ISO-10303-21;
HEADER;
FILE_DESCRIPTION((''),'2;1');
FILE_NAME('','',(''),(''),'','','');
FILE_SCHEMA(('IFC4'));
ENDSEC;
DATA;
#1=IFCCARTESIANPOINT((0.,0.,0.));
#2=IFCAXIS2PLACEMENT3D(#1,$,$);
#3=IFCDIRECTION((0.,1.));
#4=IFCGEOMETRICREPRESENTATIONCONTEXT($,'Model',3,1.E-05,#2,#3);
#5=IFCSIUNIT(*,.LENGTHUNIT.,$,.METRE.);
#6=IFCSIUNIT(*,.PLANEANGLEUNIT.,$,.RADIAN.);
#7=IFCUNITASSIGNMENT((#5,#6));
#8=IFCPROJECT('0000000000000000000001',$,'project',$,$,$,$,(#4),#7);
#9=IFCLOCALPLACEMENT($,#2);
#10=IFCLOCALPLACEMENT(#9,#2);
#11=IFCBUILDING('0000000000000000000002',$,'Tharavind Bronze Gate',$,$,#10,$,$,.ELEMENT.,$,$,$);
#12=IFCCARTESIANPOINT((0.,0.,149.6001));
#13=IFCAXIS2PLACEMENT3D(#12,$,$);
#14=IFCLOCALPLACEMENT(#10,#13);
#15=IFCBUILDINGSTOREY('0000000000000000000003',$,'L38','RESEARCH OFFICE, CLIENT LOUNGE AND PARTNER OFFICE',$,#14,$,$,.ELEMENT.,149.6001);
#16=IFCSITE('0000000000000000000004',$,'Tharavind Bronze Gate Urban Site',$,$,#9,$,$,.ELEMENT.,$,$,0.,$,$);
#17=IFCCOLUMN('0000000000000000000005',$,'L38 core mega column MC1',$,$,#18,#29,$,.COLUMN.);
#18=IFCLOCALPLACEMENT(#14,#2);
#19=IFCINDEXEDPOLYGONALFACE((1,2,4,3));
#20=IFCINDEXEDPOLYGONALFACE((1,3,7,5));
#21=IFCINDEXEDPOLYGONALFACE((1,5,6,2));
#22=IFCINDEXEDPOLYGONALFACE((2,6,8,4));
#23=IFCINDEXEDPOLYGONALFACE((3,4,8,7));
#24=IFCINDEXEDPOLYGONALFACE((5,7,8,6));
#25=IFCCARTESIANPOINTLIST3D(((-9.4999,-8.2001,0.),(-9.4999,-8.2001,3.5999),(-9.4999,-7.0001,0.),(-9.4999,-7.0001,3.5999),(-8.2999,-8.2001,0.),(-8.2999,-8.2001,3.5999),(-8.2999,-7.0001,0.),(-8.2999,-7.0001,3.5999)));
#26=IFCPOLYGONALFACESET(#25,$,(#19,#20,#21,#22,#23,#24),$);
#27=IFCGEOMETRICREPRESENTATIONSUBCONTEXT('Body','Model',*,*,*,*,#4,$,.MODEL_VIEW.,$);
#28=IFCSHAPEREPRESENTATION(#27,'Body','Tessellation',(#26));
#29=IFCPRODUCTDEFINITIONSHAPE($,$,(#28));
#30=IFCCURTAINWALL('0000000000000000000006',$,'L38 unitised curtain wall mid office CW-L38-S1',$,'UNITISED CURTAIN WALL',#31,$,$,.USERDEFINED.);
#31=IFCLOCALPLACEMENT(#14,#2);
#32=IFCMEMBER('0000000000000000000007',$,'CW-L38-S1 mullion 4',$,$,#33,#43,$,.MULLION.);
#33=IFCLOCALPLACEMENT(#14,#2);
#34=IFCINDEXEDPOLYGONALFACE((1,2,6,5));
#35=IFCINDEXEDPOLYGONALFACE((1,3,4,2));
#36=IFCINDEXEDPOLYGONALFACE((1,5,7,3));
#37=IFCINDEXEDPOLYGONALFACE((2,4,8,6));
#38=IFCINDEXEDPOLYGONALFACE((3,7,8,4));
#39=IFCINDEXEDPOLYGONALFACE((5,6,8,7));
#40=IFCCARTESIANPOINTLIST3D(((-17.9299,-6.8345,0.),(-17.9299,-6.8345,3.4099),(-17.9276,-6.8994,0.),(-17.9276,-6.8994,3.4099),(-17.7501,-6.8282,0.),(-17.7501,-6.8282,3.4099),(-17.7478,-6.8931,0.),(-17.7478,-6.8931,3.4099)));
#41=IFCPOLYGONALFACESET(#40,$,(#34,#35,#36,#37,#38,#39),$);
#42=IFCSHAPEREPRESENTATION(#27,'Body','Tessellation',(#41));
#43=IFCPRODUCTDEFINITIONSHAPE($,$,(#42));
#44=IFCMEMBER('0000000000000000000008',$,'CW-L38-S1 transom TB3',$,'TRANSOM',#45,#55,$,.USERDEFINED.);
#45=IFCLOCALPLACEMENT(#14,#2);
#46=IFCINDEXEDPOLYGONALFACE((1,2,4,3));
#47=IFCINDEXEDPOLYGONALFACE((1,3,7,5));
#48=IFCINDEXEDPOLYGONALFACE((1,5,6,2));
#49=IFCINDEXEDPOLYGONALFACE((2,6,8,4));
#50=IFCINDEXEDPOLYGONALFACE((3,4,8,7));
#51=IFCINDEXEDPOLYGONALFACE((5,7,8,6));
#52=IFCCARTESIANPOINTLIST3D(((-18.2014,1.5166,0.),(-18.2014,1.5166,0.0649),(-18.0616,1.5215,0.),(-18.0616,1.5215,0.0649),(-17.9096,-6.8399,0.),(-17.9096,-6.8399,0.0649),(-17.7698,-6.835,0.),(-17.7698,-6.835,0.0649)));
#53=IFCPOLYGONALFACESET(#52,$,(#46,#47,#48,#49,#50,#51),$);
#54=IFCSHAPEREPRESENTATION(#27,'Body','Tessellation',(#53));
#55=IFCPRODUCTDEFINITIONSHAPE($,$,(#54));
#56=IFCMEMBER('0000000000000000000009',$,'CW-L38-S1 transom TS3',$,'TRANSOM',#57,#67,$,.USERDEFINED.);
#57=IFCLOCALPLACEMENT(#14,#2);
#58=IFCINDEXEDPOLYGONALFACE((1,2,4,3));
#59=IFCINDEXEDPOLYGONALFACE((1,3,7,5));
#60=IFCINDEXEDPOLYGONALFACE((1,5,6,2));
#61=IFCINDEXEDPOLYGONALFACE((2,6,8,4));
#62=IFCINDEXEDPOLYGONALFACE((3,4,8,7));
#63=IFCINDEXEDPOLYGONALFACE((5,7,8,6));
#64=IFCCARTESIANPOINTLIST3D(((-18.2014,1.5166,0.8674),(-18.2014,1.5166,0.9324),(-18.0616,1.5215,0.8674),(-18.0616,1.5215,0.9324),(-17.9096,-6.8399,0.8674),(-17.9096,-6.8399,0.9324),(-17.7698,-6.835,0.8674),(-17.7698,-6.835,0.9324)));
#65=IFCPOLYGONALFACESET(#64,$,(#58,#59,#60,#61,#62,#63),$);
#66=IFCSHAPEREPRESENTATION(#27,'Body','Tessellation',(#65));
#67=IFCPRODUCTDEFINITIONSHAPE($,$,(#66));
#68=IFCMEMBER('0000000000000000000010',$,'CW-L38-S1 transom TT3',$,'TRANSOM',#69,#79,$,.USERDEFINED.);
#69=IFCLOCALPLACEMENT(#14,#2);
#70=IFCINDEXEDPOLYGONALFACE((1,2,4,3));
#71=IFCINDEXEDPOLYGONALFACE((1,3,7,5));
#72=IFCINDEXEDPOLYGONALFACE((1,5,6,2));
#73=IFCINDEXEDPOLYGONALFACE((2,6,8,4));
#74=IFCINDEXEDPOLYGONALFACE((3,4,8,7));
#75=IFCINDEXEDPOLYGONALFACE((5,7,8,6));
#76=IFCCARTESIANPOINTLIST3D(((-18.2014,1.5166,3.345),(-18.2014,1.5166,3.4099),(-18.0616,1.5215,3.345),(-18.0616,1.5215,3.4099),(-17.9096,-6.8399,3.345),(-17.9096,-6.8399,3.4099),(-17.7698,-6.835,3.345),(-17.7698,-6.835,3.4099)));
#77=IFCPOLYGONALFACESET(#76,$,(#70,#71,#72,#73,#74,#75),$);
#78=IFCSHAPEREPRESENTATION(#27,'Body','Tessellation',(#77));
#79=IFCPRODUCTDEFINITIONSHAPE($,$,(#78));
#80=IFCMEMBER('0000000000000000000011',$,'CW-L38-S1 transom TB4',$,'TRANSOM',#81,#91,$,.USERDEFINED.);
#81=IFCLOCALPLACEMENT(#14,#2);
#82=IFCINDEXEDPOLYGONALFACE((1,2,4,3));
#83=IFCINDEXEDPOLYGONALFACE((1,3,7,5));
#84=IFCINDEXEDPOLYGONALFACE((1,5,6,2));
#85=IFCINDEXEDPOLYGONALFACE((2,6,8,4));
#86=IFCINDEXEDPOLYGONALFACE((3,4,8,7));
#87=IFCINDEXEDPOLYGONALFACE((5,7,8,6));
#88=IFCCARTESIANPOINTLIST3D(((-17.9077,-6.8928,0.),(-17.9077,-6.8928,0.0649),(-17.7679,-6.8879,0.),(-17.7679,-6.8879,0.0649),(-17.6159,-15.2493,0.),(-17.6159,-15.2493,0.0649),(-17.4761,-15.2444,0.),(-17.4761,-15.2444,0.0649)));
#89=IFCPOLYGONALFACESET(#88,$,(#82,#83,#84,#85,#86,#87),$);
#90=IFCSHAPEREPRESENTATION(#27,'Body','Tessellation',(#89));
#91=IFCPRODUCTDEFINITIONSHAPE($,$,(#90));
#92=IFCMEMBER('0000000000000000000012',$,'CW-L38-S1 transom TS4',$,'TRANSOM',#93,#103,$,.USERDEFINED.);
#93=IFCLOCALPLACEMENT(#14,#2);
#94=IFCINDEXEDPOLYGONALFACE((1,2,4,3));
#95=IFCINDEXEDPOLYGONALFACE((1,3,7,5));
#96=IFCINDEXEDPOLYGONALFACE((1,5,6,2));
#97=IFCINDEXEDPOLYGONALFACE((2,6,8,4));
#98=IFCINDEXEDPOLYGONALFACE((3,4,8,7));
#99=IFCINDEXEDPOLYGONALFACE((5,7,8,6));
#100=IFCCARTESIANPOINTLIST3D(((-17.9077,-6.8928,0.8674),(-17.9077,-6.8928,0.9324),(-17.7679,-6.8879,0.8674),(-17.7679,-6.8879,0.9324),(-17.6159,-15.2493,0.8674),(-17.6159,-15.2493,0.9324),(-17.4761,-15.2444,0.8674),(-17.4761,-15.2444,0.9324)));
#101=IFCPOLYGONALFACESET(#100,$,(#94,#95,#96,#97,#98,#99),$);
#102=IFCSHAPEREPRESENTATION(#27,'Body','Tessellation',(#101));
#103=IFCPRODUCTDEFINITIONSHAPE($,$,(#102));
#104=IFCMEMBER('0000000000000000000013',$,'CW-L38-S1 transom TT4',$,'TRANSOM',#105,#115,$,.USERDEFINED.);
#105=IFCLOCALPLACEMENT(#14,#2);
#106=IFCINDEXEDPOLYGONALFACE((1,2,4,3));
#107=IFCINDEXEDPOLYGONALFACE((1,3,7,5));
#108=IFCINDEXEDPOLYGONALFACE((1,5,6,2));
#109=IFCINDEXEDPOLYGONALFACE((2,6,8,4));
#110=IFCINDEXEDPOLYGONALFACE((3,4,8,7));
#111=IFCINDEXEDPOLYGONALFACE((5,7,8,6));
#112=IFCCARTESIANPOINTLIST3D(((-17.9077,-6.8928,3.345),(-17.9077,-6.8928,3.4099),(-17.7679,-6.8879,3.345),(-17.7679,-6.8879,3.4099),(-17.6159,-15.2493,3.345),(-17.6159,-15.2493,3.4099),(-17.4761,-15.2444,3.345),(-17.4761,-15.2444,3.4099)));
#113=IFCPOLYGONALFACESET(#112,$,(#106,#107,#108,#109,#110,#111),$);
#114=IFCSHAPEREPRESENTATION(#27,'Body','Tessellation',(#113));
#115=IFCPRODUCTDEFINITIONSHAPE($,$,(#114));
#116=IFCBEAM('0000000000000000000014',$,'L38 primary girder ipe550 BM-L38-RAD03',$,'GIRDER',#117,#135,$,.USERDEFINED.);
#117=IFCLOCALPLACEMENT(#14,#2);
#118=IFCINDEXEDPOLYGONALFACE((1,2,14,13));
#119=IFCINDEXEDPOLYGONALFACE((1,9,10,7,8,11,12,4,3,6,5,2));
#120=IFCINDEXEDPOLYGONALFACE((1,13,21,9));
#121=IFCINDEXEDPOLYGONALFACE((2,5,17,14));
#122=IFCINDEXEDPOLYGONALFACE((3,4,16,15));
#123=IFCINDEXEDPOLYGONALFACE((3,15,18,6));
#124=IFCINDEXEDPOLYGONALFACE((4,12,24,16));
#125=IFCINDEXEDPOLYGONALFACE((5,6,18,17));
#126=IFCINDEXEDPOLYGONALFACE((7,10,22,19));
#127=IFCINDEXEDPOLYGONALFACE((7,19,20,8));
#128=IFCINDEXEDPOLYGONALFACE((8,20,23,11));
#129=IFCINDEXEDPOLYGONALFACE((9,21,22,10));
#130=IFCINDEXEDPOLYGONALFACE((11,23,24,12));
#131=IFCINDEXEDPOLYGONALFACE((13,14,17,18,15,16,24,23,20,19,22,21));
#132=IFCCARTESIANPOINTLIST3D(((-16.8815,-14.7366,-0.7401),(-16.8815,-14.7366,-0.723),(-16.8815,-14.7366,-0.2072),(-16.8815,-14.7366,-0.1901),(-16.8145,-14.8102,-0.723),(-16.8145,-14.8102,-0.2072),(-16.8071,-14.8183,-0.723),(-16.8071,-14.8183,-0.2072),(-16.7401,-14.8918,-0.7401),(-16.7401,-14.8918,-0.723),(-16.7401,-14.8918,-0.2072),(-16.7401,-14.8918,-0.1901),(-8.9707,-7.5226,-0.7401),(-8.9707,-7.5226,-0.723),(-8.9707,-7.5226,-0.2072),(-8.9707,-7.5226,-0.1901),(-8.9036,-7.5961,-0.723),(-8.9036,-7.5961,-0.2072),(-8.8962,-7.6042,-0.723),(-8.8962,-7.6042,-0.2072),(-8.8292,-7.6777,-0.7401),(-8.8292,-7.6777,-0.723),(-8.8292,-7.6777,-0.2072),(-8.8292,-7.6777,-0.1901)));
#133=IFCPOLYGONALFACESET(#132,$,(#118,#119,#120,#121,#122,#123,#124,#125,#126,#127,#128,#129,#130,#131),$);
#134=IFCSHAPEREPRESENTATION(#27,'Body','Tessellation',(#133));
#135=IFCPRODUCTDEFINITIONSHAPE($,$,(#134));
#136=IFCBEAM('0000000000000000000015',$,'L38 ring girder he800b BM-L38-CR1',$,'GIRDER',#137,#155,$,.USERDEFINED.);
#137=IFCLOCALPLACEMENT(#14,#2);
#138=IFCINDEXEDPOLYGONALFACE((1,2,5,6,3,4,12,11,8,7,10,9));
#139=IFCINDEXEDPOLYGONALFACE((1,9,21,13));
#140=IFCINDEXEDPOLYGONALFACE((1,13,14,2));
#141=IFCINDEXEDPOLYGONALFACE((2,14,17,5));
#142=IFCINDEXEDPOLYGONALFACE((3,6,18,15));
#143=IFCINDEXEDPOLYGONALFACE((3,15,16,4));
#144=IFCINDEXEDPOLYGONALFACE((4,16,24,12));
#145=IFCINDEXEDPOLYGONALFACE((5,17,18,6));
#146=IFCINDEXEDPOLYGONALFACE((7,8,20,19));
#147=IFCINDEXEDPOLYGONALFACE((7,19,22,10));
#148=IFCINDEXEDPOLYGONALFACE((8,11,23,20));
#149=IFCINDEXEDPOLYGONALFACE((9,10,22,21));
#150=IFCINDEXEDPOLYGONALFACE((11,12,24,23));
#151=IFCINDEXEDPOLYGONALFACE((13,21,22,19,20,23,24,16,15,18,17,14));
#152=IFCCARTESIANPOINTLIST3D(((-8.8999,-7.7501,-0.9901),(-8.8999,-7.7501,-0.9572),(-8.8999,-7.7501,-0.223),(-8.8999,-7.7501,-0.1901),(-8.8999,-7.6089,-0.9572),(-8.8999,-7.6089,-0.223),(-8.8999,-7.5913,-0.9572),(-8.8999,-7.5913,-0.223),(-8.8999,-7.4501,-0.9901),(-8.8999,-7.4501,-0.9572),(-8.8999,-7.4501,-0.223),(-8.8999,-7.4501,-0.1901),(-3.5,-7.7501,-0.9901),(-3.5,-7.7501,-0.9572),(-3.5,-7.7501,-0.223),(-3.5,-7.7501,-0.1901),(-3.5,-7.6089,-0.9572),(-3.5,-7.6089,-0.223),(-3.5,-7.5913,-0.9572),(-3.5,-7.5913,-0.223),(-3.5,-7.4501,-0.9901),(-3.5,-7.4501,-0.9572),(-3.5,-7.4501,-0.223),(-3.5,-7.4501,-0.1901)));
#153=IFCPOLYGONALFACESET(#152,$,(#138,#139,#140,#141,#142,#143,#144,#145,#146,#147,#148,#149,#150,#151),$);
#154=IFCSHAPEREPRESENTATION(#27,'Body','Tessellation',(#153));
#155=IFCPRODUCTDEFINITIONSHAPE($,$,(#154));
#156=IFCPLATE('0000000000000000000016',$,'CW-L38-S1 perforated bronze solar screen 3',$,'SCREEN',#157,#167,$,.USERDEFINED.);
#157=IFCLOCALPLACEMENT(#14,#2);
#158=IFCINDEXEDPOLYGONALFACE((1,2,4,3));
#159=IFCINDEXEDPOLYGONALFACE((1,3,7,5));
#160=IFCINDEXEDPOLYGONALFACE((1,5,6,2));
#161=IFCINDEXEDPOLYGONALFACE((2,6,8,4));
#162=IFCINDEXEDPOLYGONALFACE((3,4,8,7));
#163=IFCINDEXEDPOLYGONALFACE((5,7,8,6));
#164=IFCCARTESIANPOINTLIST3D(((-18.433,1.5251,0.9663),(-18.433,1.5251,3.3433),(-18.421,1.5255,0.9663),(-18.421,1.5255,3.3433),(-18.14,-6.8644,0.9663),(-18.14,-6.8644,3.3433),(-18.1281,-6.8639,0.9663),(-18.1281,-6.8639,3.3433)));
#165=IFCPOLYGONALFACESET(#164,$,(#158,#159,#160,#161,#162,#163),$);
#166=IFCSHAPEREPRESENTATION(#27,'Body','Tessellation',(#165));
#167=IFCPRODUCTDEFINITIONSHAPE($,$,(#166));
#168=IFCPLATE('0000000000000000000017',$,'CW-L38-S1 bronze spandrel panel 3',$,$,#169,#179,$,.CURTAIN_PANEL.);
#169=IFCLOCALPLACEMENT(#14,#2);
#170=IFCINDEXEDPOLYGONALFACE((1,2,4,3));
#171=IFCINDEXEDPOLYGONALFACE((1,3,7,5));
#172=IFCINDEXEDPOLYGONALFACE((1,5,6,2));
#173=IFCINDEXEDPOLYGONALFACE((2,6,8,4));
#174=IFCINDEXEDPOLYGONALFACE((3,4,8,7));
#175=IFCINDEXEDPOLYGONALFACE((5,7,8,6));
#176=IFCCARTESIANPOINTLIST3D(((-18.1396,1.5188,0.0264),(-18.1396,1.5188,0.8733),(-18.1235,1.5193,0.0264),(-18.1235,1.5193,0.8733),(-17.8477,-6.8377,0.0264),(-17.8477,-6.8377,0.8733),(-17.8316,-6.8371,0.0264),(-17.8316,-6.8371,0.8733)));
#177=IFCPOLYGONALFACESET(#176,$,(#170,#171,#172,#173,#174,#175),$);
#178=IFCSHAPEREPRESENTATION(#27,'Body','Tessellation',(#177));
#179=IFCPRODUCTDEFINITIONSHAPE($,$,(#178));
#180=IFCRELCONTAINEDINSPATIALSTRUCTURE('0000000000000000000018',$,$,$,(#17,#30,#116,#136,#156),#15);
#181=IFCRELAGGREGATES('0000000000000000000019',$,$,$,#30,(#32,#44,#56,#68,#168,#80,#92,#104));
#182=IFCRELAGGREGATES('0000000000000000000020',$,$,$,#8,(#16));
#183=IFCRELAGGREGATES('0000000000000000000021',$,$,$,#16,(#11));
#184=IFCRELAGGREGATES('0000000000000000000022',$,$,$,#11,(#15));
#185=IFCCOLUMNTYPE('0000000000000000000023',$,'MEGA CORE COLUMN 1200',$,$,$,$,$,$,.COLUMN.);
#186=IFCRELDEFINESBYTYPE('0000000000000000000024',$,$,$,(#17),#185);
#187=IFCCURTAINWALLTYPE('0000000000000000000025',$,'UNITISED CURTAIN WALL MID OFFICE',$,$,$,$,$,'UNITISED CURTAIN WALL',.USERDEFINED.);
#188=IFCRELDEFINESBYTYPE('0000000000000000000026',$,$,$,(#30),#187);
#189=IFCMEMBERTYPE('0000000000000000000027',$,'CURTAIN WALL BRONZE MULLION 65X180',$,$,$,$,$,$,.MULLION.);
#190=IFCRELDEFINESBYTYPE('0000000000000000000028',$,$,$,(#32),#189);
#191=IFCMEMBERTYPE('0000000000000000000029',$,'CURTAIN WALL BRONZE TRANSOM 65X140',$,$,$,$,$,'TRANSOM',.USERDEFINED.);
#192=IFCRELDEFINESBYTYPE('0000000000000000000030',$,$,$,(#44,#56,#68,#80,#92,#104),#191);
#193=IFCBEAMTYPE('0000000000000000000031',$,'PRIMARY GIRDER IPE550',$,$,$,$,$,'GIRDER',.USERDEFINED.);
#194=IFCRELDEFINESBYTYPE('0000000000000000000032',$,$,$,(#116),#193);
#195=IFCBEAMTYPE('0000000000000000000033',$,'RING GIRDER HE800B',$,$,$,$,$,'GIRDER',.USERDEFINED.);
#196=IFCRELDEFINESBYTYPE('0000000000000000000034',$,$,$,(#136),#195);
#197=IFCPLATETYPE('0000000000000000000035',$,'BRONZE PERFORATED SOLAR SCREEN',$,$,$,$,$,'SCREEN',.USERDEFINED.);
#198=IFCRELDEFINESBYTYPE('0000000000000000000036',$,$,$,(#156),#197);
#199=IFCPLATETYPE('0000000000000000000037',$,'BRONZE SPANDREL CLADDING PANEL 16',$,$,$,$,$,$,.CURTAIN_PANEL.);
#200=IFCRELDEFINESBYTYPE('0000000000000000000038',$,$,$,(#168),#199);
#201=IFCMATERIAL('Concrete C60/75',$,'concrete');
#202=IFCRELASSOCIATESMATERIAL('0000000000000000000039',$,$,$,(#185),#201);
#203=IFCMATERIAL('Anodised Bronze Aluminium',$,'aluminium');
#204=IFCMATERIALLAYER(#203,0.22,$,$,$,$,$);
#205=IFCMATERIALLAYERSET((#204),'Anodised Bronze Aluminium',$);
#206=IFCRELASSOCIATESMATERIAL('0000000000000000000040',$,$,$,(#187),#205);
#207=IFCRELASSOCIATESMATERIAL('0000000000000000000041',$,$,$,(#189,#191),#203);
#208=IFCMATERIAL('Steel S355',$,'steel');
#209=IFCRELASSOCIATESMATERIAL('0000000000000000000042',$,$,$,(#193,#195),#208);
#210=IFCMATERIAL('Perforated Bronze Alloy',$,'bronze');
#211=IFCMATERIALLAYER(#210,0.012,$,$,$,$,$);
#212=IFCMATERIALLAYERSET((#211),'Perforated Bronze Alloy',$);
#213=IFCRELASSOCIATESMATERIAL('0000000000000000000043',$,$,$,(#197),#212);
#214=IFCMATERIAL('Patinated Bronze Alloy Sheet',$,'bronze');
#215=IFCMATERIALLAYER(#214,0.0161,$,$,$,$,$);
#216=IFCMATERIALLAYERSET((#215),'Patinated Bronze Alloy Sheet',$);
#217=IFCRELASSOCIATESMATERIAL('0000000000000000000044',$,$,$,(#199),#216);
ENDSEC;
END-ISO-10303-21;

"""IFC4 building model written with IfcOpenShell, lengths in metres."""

from ifc_helpers import new_model, si_unit, direction, frame, origin, origin_2d, place, context, subcontext, project, spatial, rectangle, i_section, extrude, material, layer, layer_set, material_profile, profile_set, type_object, element, aggregate, save


model = new_model("IFC4")

# Units and contexts
model_context = context("Model", 3, precision=1e-05, world=origin(), true_north=direction((0.0, 1.0)))
body_context = subcontext(model_context, "Body", "Model", "MODEL_VIEW")
ifc_project = project(units=[si_unit("LENGTHUNIT", "METRE"), si_unit("PLANEANGLEUNIT", "RADIAN")], contexts=[model_context])

# Site, building, storey
site_placement = place(None, origin())
site = spatial("IfcSite", under=ifc_project, at=site_placement, Name="Tharavind Bronze Gate Urban Site", CompositionType="ELEMENT", RefElevation=0.0)
building_placement = place(site_placement, origin())
building = spatial("IfcBuilding", under=site, at=building_placement, Name="Tharavind Bronze Gate", CompositionType="ELEMENT")
storey_placement = place(building_placement, frame((0.0, 0.0, 149.6001)))
storey = spatial("IfcBuildingStorey", under=building, at=storey_placement, Name="L38", Description="RESEARCH OFFICE, CLIENT LOUNGE AND PARTNER OFFICE", CompositionType="ELEMENT", Elevation=149.6001)

# Column
ifc_material_1 = material(Name="Concrete C60/75", Category="concrete")
ifc_material_profile_1 = material_profile(ifc_material_1, rectangle(XDim=1.2, YDim=1.2, at=origin_2d()), Name="RCCOL1200")
ifc_profile_set_1 = profile_set([ifc_material_profile_1], Name="Concrete C60/75")
column_type = type_object("IfcColumnType", Name="MEGA CORE COLUMN 1200", PredefinedType="COLUMN", material=ifc_profile_set_1)
column_placement = place(storey_placement, frame((-8.8999, -7.6001, 0.0), z_axis=(0.0, 0.0, 1.0), x_axis=(1.0, 0.0, 0.0)))
element("IfcColumn", 1, at=column_placement, inside=storey, type_object=column_type, Name="L38 core mega column MC1", PredefinedType="COLUMN", context=body_context, shape_type="SweptSolid", body=[
    extrude(rectangle(XDim=1.2, YDim=1.2, at=origin_2d()), origin(), (0.0, 0.0, 1.0), 3.5999),
])

# Curtain wall, members
ifc_material_2 = material(Name="Anodised Bronze Aluminium", Category="aluminium")
ifc_layer_1 = layer(ifc_material_2, 0.22)
ifc_layer_set_1 = layer_set([ifc_layer_1], Name="Anodised Bronze Aluminium")
curtain_wall_type = type_object("IfcCurtainWallType", Name="UNITISED CURTAIN WALL MID OFFICE", ElementType="UNITISED CURTAIN WALL", PredefinedType="USERDEFINED", material=ifc_layer_set_1)
curtain_wall_placement = place(storey_placement, origin())
curtain_wall = element("IfcCurtainWall", 2, at=curtain_wall_placement, inside=storey, type_object=curtain_wall_type, Name="L38 unitised curtain wall mid office CW-L38-S1", ObjectType="UNITISED CURTAIN WALL", PredefinedType="USERDEFINED")
member_type_1 = type_object("IfcMemberType", Name="CURTAIN WALL BRONZE MULLION 65X180", PredefinedType="MULLION", material=ifc_material_2)
member_1_placement = place(storey_placement, frame((-17.8389, -6.8638, 0.0), z_axis=(0.0, 0.0, 1.0), x_axis=(0.034899, -0.999391, 0.0)))
member_1 = element("IfcMember", 3, at=member_1_placement, type_object=member_type_1, Name="CW-L38-S1 mullion 4", PredefinedType="MULLION", context=body_context, shape_type="SweptSolid", body=[
    extrude(rectangle(XDim=0.0649, YDim=0.1799, at=origin_2d()), origin(), (0.0, 0.0, 1.0), 3.4099),
])
member_type_2 = type_object("IfcMemberType", Name="CURTAIN WALL BRONZE TRANSOM 65X140", ElementType="TRANSOM", PredefinedType="USERDEFINED", material=ifc_material_2)
member_2_placement = place(storey_placement, frame((-17.9856, -2.6592, 0.0), z_axis=(0.0, 0.0, 1.0), x_axis=(0.034899, -0.999391, 0.0)))
member_2 = element("IfcMember", 4, at=member_2_placement, type_object=member_type_2, Name="CW-L38-S1 transom TB3", ObjectType="TRANSOM", PredefinedType="USERDEFINED", context=body_context, shape_type="SweptSolid", body=[
    extrude(rectangle(XDim=8.3616, YDim=0.1399, at=origin_2d()), origin(), (0.0, 0.0, 1.0), 0.0649),
])
member_3_placement = place(storey_placement, frame((-17.9856, -2.6592, 0.8674), z_axis=(0.0, 0.0, 1.0), x_axis=(0.034899, -0.999391, 0.0)))
member_3 = element("IfcMember", 5, at=member_3_placement, type_object=member_type_2, Name="CW-L38-S1 transom TS3", ObjectType="TRANSOM", PredefinedType="USERDEFINED", context=body_context, shape_type="SweptSolid", body=[
    extrude(rectangle(XDim=8.3616, YDim=0.1399, at=origin_2d()), origin(), (0.0, 0.0, 1.0), 0.0649),
])
member_4_placement = place(storey_placement, frame((-17.9856, -2.6592, 3.345), z_axis=(0.0, 0.0, 1.0), x_axis=(0.034899, -0.999391, 0.0)))
member_4 = element("IfcMember", 6, at=member_4_placement, type_object=member_type_2, Name="CW-L38-S1 transom TT3", ObjectType="TRANSOM", PredefinedType="USERDEFINED", context=body_context, shape_type="SweptSolid", body=[
    extrude(rectangle(XDim=8.3616, YDim=0.1399, at=origin_2d()), origin(), (0.0, 0.0, 1.0), 0.0649),
])
member_5_placement = place(storey_placement, frame((-17.6919, -11.0686, 0.0), z_axis=(0.0, 0.0, 1.0), x_axis=(0.034899, -0.999391, 0.0)))
member_5 = element("IfcMember", 7, at=member_5_placement, type_object=member_type_2, Name="CW-L38-S1 transom TB4", ObjectType="TRANSOM", PredefinedType="USERDEFINED", context=body_context, shape_type="SweptSolid", body=[
    extrude(rectangle(XDim=8.3616, YDim=0.1399, at=origin_2d()), origin(), (0.0, 0.0, 1.0), 0.0649),
])
member_6_placement = place(storey_placement, frame((-17.6919, -11.0686, 0.8674), z_axis=(0.0, 0.0, 1.0), x_axis=(0.034899, -0.999391, 0.0)))
member_6 = element("IfcMember", 8, at=member_6_placement, type_object=member_type_2, Name="CW-L38-S1 transom TS4", ObjectType="TRANSOM", PredefinedType="USERDEFINED", context=body_context, shape_type="SweptSolid", body=[
    extrude(rectangle(XDim=8.3616, YDim=0.1399, at=origin_2d()), origin(), (0.0, 0.0, 1.0), 0.0649),
])
member_7_placement = place(storey_placement, frame((-17.6919, -11.0686, 3.345), z_axis=(0.0, 0.0, 1.0), x_axis=(0.034899, -0.999391, 0.0)))
member_7 = element("IfcMember", 9, at=member_7_placement, type_object=member_type_2, Name="CW-L38-S1 transom TT4", ObjectType="TRANSOM", PredefinedType="USERDEFINED", context=body_context, shape_type="SweptSolid", body=[
    extrude(rectangle(XDim=8.3616, YDim=0.1399, at=origin_2d()), origin(), (0.0, 0.0, 1.0), 0.0649),
])

# Beams
ifc_material_3 = material(Name="Steel S355", Category="steel")
ifc_material_profile_2 = material_profile(ifc_material_3, i_section(OverallWidth=0.21, OverallDepth=0.55, WebThickness=0.011, FlangeThickness=0.0171, at=origin_2d()), Name="IPE550")
ifc_profile_set_2 = profile_set([ifc_material_profile_2], Name="Steel S355")
beam_type_1 = type_object("IfcBeamType", Name="PRIMARY GIRDER IPE550", ElementType="GIRDER", PredefinedType="USERDEFINED", material=ifc_profile_set_2)
beam_1_placement = place(storey_placement, frame((-16.8108, -14.8142, -0.4651), z_axis=(0.738898, 0.673817, 0.0), x_axis=(-0.673817, 0.738898, 0.0)))
element("IfcBeam", 10, at=beam_1_placement, inside=storey, type_object=beam_type_1, Name="L38 primary girder ipe550 BM-L38-RAD03", ObjectType="GIRDER", PredefinedType="USERDEFINED", context=body_context, shape_type="SweptSolid", body=[
    extrude(i_section(OverallWidth=0.21, OverallDepth=0.55, WebThickness=0.011, FlangeThickness=0.0171, at=origin_2d()), origin(), (0.0, 0.0, 1.0), 10.7063),
])
ifc_material_profile_3 = material_profile(ifc_material_3, i_section(OverallWidth=0.3, OverallDepth=0.8, WebThickness=0.0176, FlangeThickness=0.033, at=origin_2d()), Name="HE800B")
ifc_profile_set_3 = profile_set([ifc_material_profile_3], Name="Steel S355")
beam_type_2 = type_object("IfcBeamType", Name="RING GIRDER HE800B", ElementType="GIRDER", PredefinedType="USERDEFINED", material=ifc_profile_set_3)
beam_2_placement = place(storey_placement, frame((-8.8999, -7.6001, -0.5901), z_axis=(1.0, 0.0, 0.0), x_axis=(0.0, 1.0, 0.0)))
element("IfcBeam", 11, at=beam_2_placement, inside=storey, type_object=beam_type_2, Name="L38 ring girder he800b BM-L38-CR1", ObjectType="GIRDER", PredefinedType="USERDEFINED", context=body_context, shape_type="SweptSolid", body=[
    extrude(i_section(OverallWidth=0.3, OverallDepth=0.8, WebThickness=0.0176, FlangeThickness=0.033, at=origin_2d()), origin(), (0.0, 0.0, 1.0), 5.3999),
])

# Plates
ifc_material_4 = material(Name="Perforated Bronze Alloy", Category="bronze")
ifc_layer_2 = layer(ifc_material_4, 0.012)
ifc_layer_set_2 = layer_set([ifc_layer_2], Name="Perforated Bronze Alloy")
plate_type_1 = type_object("IfcPlateType", Name="BRONZE PERFORATED SOLAR SCREEN", ElementType="SCREEN", PredefinedType="USERDEFINED", material=ifc_layer_set_2)
plate_1_placement = place(storey_placement, frame((-18.2805, -2.6694, 0.9663), z_axis=(0.0, 0.0, 1.0), x_axis=(0.034899, -0.999391, 0.0)))
element("IfcPlate", 12, at=plate_1_placement, inside=storey, type_object=plate_type_1, Name="CW-L38-S1 perforated bronze solar screen 3", ObjectType="SCREEN", PredefinedType="USERDEFINED", context=body_context, shape_type="SweptSolid", body=[
    extrude(rectangle(XDim=8.3945, YDim=0.012, at=origin_2d()), origin(), (0.0, 0.0, 1.0), 2.377),
])
ifc_material_5 = material(Name="Patinated Bronze Alloy Sheet", Category="bronze")
ifc_layer_3 = layer(ifc_material_5, 0.0161)
ifc_layer_set_3 = layer_set([ifc_layer_3], Name="Patinated Bronze Alloy Sheet")
plate_type_2 = type_object("IfcPlateType", Name="BRONZE SPANDREL CLADDING PANEL 16", PredefinedType="CURTAIN_PANEL", material=ifc_layer_set_3)
plate_2_placement = place(storey_placement, frame((-17.9856, -2.6592, 0.0264), z_axis=(0.0, 0.0, 1.0), x_axis=(0.034899, -0.999391, 0.0)))
plate_2 = element("IfcPlate", 13, at=plate_2_placement, type_object=plate_type_2, Name="CW-L38-S1 bronze spandrel panel 3", PredefinedType="CURTAIN_PANEL", context=body_context, shape_type="SweptSolid", body=[
    extrude(rectangle(XDim=8.3616, YDim=0.0161, at=origin_2d()), origin(), (0.0, 0.0, 1.0), 0.8469),
])
aggregate(curtain_wall, [member_1, member_2, member_3, member_4, plate_2, member_5, member_6, member_7])

save(model, "model.ifc")
